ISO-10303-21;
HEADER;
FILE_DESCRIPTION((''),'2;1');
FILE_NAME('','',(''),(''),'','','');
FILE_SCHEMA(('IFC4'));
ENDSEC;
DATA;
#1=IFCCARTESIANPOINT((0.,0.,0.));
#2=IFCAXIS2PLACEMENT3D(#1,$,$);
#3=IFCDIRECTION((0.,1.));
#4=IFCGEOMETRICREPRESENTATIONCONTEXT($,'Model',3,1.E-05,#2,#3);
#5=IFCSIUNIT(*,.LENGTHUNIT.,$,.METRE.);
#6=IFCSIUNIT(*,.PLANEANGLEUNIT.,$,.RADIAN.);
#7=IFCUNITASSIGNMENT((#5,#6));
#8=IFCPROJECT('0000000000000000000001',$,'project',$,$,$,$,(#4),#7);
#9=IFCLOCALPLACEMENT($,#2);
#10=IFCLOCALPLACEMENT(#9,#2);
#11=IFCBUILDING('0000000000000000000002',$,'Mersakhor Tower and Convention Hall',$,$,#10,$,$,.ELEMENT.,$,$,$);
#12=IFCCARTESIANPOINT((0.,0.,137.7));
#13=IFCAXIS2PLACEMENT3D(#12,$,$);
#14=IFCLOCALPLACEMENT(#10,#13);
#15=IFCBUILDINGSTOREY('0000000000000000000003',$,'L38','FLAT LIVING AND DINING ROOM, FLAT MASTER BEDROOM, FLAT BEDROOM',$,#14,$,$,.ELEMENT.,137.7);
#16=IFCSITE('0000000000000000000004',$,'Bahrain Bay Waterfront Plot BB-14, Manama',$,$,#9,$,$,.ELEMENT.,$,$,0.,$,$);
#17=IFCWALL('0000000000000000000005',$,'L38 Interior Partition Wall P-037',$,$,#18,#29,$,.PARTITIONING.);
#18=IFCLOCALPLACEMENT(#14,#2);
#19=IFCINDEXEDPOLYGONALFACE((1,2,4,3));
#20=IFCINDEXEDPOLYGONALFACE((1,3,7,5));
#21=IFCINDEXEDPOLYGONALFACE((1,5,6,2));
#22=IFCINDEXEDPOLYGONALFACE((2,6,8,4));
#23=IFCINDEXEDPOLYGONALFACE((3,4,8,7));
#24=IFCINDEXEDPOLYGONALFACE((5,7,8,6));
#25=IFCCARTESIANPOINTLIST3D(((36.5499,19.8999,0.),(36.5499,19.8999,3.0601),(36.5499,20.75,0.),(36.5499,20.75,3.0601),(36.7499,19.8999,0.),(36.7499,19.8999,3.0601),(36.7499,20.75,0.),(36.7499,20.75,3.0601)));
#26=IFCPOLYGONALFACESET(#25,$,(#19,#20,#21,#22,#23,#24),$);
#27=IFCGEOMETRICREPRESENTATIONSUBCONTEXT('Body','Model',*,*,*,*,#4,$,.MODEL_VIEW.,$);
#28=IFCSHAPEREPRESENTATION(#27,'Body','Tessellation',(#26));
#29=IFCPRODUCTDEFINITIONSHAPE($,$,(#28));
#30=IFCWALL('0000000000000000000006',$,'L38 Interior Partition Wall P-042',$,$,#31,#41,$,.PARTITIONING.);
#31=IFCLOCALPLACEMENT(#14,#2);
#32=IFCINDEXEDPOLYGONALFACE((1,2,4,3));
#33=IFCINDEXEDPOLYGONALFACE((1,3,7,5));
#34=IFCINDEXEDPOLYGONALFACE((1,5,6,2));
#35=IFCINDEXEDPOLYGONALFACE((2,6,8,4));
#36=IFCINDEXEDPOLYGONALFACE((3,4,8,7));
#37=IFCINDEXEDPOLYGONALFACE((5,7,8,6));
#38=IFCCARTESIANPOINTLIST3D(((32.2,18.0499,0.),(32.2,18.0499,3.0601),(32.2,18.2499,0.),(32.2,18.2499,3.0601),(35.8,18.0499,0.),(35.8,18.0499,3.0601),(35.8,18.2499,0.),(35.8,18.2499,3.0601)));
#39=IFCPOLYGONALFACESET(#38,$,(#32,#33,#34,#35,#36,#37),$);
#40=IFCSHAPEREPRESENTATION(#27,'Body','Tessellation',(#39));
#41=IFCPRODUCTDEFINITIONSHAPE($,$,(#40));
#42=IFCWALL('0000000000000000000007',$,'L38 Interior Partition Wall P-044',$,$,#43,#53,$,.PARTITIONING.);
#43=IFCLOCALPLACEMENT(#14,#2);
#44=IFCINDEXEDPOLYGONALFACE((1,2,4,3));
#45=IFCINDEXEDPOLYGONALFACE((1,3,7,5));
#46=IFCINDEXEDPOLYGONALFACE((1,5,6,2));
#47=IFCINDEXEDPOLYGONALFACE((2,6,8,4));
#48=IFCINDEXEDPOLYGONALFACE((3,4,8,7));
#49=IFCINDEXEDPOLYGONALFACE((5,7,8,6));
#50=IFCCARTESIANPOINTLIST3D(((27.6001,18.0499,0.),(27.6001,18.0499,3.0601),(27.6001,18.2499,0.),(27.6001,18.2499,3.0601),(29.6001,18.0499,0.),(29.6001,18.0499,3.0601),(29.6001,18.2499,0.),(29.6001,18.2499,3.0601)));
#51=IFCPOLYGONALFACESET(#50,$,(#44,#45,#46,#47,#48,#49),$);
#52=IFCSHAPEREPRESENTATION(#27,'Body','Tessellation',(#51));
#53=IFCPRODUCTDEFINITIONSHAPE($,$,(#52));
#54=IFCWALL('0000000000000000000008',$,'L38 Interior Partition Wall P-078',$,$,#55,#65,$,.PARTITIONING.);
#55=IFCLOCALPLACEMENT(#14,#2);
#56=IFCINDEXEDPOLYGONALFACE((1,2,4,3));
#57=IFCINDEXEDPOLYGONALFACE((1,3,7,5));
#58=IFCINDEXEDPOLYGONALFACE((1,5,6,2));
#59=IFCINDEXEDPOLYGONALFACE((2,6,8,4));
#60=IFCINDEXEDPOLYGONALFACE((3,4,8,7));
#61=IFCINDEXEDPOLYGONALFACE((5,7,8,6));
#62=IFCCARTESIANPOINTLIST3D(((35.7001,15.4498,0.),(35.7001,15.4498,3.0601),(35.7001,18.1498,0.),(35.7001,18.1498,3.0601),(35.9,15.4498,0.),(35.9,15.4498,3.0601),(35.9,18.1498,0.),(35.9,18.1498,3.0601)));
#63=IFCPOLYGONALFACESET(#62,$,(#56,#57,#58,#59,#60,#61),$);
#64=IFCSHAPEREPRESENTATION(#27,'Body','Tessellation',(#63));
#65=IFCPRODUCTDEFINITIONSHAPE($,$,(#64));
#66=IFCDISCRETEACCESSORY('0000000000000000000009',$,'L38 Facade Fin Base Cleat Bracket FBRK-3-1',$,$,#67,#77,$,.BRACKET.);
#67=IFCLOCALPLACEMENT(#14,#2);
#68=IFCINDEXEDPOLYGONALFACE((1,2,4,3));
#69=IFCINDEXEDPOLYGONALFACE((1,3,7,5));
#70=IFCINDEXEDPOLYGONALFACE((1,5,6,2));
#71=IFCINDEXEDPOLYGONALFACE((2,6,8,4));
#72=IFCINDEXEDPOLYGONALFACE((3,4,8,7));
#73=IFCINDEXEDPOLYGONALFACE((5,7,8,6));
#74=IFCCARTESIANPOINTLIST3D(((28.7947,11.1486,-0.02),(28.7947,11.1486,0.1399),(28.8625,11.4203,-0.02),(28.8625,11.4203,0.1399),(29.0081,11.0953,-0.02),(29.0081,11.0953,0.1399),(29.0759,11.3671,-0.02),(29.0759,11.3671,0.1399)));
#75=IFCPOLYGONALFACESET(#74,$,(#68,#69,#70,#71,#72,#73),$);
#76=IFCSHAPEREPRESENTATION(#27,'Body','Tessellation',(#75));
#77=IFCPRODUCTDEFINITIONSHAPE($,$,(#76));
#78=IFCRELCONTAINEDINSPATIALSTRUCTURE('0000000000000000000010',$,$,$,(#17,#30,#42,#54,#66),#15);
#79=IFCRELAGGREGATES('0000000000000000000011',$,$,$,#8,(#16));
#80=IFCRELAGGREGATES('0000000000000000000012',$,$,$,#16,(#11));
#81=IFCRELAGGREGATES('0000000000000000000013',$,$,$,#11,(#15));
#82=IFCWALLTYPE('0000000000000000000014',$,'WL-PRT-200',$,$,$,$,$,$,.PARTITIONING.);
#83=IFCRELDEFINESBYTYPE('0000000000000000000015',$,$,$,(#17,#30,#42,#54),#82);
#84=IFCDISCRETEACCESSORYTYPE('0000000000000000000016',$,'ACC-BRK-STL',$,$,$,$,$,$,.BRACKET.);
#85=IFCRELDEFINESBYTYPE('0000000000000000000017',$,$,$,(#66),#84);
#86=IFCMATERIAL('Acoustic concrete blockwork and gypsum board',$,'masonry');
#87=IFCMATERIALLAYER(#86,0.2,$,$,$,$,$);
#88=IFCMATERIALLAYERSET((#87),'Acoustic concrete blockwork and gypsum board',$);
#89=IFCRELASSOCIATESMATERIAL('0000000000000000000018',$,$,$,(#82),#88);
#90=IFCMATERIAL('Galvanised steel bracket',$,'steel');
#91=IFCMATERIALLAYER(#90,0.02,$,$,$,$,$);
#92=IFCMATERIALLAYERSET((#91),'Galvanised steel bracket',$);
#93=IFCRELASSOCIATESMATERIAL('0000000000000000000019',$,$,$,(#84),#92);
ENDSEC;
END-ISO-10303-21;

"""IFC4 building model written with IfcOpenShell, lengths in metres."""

from ifc_helpers import new_model, si_unit, direction, frame, frame_2d, origin, origin_2d, place, context, subcontext, project, spatial, rectangle, extrude, material, layer, layer_set, type_object, element, save


model = new_model("IFC4")

# Units and contexts
model_context = context("Model", 3, precision=1e-05, world=origin(), true_north=direction((0.0, 1.0)))
body_context = subcontext(model_context, "Body", "Model", "MODEL_VIEW")
ifc_project = project(units=[si_unit("LENGTHUNIT", "METRE"), si_unit("PLANEANGLEUNIT", "RADIAN")], contexts=[model_context])

# Site, building, storey
site_placement = place(None, origin())
site = spatial("IfcSite", under=ifc_project, at=site_placement, Name="Bahrain Bay Waterfront Plot BB-14, Manama", CompositionType="ELEMENT", RefElevation=0.0)
building_placement = place(site_placement, origin())
building = spatial("IfcBuilding", under=site, at=building_placement, Name="Mersakhor Tower and Convention Hall", CompositionType="ELEMENT")
storey_placement = place(building_placement, frame((0.0, 0.0, 137.7)))
storey = spatial("IfcBuildingStorey", under=building, at=storey_placement, Name="L38", Description="FLAT LIVING AND DINING ROOM, FLAT MASTER BEDROOM, FLAT BEDROOM", CompositionType="ELEMENT", Elevation=137.7)

# Walls
ifc_material_1 = material(Name="Acoustic concrete blockwork and gypsum board", Category="masonry")
ifc_layer_1 = layer(ifc_material_1, 0.2)
ifc_layer_set_1 = layer_set([ifc_layer_1], Name="Acoustic concrete blockwork and gypsum board")
wall_type_1 = type_object("IfcWallType", Name="WL-PRT-200", PredefinedType="PARTITIONING", material=ifc_layer_set_1)
wall_1_placement = place(storey_placement, frame((36.6499, 19.8999, 0.0), z_axis=(0.0, 0.0, 1.0), x_axis=(0.0, 1.0, 0.0)))
element("IfcWall", 1, at=wall_1_placement, inside=storey, type_object=wall_type_1, Name="L38 Interior Partition Wall P-037", PredefinedType="PARTITIONING", context=body_context, shape_type="SweptSolid", body=[
    extrude(rectangle(XDim=0.8501, YDim=0.2, at=frame_2d((0.425, 0.0))), origin(), (0.0, 0.0, 1.0), 3.0601),
])
wall_2_placement = place(storey_placement, frame((35.8, 18.1499, 0.0), z_axis=(0.0, 0.0, 1.0), x_axis=(-1.0, 0.0, 0.0)))
element("IfcWall", 2, at=wall_2_placement, inside=storey, type_object=wall_type_1, Name="L38 Interior Partition Wall P-042", PredefinedType="PARTITIONING", context=body_context, shape_type="SweptSolid", body=[
    extrude(rectangle(XDim=3.6001, YDim=0.2, at=frame_2d((1.8, 0.0))), origin(), (0.0, 0.0, 1.0), 3.0601),
])

# Walls
wall_3_placement = place(storey_placement, frame((29.6001, 18.1499, 0.0), z_axis=(0.0, 0.0, 1.0), x_axis=(-1.0, 0.0, 0.0)))
element("IfcWall", 3, at=wall_3_placement, inside=storey, type_object=wall_type_1, Name="L38 Interior Partition Wall P-044", PredefinedType="PARTITIONING", context=body_context, shape_type="SweptSolid", body=[
    extrude(rectangle(XDim=2.0, YDim=0.2, at=frame_2d((1.0, 0.0))), origin(), (0.0, 0.0, 1.0), 3.0601),
])
wall_4_placement = place(storey_placement, frame((35.8, 18.1499, 0.0), z_axis=(0.0, 0.0, 1.0), x_axis=(0.0, -1.0, 0.0)))
element("IfcWall", 4, at=wall_4_placement, inside=storey, type_object=wall_type_1, Name="L38 Interior Partition Wall P-078", PredefinedType="PARTITIONING", context=body_context, shape_type="SweptSolid", body=[
    extrude(rectangle(XDim=2.7, YDim=0.2, at=frame_2d((1.3501, 0.0))), origin(), (0.0, 0.0, 1.0), 3.0601),
])

# Discrete accessory
ifc_material_2 = material(Name="Galvanised steel bracket", Category="steel")
ifc_layer_2 = layer(ifc_material_2, 0.02)
ifc_layer_set_2 = layer_set([ifc_layer_2], Name="Galvanised steel bracket")
discrete_accessory_type = type_object("IfcDiscreteAccessoryType", Name="ACC-BRK-STL", PredefinedType="BRACKET", material=ifc_layer_set_2)
discrete_accessory_placement = place(storey_placement, frame((28.9353, 11.2578, -0.02), z_axis=(0.0, 0.0, 1.0), x_axis=(-0.241922, -0.970296, 0.0)))
element("IfcDiscreteAccessory", 5, at=discrete_accessory_placement, inside=storey, type_object=discrete_accessory_type, Name="L38 Facade Fin Base Cleat Bracket FBRK-3-1", PredefinedType="BRACKET", context=body_context, shape_type="SweptSolid", body=[
    extrude(rectangle(XDim=0.28, YDim=0.22, at=origin_2d()), origin(), (0.0, 0.0, 1.0), 0.1599),
])

save(model, "model.ifc")
